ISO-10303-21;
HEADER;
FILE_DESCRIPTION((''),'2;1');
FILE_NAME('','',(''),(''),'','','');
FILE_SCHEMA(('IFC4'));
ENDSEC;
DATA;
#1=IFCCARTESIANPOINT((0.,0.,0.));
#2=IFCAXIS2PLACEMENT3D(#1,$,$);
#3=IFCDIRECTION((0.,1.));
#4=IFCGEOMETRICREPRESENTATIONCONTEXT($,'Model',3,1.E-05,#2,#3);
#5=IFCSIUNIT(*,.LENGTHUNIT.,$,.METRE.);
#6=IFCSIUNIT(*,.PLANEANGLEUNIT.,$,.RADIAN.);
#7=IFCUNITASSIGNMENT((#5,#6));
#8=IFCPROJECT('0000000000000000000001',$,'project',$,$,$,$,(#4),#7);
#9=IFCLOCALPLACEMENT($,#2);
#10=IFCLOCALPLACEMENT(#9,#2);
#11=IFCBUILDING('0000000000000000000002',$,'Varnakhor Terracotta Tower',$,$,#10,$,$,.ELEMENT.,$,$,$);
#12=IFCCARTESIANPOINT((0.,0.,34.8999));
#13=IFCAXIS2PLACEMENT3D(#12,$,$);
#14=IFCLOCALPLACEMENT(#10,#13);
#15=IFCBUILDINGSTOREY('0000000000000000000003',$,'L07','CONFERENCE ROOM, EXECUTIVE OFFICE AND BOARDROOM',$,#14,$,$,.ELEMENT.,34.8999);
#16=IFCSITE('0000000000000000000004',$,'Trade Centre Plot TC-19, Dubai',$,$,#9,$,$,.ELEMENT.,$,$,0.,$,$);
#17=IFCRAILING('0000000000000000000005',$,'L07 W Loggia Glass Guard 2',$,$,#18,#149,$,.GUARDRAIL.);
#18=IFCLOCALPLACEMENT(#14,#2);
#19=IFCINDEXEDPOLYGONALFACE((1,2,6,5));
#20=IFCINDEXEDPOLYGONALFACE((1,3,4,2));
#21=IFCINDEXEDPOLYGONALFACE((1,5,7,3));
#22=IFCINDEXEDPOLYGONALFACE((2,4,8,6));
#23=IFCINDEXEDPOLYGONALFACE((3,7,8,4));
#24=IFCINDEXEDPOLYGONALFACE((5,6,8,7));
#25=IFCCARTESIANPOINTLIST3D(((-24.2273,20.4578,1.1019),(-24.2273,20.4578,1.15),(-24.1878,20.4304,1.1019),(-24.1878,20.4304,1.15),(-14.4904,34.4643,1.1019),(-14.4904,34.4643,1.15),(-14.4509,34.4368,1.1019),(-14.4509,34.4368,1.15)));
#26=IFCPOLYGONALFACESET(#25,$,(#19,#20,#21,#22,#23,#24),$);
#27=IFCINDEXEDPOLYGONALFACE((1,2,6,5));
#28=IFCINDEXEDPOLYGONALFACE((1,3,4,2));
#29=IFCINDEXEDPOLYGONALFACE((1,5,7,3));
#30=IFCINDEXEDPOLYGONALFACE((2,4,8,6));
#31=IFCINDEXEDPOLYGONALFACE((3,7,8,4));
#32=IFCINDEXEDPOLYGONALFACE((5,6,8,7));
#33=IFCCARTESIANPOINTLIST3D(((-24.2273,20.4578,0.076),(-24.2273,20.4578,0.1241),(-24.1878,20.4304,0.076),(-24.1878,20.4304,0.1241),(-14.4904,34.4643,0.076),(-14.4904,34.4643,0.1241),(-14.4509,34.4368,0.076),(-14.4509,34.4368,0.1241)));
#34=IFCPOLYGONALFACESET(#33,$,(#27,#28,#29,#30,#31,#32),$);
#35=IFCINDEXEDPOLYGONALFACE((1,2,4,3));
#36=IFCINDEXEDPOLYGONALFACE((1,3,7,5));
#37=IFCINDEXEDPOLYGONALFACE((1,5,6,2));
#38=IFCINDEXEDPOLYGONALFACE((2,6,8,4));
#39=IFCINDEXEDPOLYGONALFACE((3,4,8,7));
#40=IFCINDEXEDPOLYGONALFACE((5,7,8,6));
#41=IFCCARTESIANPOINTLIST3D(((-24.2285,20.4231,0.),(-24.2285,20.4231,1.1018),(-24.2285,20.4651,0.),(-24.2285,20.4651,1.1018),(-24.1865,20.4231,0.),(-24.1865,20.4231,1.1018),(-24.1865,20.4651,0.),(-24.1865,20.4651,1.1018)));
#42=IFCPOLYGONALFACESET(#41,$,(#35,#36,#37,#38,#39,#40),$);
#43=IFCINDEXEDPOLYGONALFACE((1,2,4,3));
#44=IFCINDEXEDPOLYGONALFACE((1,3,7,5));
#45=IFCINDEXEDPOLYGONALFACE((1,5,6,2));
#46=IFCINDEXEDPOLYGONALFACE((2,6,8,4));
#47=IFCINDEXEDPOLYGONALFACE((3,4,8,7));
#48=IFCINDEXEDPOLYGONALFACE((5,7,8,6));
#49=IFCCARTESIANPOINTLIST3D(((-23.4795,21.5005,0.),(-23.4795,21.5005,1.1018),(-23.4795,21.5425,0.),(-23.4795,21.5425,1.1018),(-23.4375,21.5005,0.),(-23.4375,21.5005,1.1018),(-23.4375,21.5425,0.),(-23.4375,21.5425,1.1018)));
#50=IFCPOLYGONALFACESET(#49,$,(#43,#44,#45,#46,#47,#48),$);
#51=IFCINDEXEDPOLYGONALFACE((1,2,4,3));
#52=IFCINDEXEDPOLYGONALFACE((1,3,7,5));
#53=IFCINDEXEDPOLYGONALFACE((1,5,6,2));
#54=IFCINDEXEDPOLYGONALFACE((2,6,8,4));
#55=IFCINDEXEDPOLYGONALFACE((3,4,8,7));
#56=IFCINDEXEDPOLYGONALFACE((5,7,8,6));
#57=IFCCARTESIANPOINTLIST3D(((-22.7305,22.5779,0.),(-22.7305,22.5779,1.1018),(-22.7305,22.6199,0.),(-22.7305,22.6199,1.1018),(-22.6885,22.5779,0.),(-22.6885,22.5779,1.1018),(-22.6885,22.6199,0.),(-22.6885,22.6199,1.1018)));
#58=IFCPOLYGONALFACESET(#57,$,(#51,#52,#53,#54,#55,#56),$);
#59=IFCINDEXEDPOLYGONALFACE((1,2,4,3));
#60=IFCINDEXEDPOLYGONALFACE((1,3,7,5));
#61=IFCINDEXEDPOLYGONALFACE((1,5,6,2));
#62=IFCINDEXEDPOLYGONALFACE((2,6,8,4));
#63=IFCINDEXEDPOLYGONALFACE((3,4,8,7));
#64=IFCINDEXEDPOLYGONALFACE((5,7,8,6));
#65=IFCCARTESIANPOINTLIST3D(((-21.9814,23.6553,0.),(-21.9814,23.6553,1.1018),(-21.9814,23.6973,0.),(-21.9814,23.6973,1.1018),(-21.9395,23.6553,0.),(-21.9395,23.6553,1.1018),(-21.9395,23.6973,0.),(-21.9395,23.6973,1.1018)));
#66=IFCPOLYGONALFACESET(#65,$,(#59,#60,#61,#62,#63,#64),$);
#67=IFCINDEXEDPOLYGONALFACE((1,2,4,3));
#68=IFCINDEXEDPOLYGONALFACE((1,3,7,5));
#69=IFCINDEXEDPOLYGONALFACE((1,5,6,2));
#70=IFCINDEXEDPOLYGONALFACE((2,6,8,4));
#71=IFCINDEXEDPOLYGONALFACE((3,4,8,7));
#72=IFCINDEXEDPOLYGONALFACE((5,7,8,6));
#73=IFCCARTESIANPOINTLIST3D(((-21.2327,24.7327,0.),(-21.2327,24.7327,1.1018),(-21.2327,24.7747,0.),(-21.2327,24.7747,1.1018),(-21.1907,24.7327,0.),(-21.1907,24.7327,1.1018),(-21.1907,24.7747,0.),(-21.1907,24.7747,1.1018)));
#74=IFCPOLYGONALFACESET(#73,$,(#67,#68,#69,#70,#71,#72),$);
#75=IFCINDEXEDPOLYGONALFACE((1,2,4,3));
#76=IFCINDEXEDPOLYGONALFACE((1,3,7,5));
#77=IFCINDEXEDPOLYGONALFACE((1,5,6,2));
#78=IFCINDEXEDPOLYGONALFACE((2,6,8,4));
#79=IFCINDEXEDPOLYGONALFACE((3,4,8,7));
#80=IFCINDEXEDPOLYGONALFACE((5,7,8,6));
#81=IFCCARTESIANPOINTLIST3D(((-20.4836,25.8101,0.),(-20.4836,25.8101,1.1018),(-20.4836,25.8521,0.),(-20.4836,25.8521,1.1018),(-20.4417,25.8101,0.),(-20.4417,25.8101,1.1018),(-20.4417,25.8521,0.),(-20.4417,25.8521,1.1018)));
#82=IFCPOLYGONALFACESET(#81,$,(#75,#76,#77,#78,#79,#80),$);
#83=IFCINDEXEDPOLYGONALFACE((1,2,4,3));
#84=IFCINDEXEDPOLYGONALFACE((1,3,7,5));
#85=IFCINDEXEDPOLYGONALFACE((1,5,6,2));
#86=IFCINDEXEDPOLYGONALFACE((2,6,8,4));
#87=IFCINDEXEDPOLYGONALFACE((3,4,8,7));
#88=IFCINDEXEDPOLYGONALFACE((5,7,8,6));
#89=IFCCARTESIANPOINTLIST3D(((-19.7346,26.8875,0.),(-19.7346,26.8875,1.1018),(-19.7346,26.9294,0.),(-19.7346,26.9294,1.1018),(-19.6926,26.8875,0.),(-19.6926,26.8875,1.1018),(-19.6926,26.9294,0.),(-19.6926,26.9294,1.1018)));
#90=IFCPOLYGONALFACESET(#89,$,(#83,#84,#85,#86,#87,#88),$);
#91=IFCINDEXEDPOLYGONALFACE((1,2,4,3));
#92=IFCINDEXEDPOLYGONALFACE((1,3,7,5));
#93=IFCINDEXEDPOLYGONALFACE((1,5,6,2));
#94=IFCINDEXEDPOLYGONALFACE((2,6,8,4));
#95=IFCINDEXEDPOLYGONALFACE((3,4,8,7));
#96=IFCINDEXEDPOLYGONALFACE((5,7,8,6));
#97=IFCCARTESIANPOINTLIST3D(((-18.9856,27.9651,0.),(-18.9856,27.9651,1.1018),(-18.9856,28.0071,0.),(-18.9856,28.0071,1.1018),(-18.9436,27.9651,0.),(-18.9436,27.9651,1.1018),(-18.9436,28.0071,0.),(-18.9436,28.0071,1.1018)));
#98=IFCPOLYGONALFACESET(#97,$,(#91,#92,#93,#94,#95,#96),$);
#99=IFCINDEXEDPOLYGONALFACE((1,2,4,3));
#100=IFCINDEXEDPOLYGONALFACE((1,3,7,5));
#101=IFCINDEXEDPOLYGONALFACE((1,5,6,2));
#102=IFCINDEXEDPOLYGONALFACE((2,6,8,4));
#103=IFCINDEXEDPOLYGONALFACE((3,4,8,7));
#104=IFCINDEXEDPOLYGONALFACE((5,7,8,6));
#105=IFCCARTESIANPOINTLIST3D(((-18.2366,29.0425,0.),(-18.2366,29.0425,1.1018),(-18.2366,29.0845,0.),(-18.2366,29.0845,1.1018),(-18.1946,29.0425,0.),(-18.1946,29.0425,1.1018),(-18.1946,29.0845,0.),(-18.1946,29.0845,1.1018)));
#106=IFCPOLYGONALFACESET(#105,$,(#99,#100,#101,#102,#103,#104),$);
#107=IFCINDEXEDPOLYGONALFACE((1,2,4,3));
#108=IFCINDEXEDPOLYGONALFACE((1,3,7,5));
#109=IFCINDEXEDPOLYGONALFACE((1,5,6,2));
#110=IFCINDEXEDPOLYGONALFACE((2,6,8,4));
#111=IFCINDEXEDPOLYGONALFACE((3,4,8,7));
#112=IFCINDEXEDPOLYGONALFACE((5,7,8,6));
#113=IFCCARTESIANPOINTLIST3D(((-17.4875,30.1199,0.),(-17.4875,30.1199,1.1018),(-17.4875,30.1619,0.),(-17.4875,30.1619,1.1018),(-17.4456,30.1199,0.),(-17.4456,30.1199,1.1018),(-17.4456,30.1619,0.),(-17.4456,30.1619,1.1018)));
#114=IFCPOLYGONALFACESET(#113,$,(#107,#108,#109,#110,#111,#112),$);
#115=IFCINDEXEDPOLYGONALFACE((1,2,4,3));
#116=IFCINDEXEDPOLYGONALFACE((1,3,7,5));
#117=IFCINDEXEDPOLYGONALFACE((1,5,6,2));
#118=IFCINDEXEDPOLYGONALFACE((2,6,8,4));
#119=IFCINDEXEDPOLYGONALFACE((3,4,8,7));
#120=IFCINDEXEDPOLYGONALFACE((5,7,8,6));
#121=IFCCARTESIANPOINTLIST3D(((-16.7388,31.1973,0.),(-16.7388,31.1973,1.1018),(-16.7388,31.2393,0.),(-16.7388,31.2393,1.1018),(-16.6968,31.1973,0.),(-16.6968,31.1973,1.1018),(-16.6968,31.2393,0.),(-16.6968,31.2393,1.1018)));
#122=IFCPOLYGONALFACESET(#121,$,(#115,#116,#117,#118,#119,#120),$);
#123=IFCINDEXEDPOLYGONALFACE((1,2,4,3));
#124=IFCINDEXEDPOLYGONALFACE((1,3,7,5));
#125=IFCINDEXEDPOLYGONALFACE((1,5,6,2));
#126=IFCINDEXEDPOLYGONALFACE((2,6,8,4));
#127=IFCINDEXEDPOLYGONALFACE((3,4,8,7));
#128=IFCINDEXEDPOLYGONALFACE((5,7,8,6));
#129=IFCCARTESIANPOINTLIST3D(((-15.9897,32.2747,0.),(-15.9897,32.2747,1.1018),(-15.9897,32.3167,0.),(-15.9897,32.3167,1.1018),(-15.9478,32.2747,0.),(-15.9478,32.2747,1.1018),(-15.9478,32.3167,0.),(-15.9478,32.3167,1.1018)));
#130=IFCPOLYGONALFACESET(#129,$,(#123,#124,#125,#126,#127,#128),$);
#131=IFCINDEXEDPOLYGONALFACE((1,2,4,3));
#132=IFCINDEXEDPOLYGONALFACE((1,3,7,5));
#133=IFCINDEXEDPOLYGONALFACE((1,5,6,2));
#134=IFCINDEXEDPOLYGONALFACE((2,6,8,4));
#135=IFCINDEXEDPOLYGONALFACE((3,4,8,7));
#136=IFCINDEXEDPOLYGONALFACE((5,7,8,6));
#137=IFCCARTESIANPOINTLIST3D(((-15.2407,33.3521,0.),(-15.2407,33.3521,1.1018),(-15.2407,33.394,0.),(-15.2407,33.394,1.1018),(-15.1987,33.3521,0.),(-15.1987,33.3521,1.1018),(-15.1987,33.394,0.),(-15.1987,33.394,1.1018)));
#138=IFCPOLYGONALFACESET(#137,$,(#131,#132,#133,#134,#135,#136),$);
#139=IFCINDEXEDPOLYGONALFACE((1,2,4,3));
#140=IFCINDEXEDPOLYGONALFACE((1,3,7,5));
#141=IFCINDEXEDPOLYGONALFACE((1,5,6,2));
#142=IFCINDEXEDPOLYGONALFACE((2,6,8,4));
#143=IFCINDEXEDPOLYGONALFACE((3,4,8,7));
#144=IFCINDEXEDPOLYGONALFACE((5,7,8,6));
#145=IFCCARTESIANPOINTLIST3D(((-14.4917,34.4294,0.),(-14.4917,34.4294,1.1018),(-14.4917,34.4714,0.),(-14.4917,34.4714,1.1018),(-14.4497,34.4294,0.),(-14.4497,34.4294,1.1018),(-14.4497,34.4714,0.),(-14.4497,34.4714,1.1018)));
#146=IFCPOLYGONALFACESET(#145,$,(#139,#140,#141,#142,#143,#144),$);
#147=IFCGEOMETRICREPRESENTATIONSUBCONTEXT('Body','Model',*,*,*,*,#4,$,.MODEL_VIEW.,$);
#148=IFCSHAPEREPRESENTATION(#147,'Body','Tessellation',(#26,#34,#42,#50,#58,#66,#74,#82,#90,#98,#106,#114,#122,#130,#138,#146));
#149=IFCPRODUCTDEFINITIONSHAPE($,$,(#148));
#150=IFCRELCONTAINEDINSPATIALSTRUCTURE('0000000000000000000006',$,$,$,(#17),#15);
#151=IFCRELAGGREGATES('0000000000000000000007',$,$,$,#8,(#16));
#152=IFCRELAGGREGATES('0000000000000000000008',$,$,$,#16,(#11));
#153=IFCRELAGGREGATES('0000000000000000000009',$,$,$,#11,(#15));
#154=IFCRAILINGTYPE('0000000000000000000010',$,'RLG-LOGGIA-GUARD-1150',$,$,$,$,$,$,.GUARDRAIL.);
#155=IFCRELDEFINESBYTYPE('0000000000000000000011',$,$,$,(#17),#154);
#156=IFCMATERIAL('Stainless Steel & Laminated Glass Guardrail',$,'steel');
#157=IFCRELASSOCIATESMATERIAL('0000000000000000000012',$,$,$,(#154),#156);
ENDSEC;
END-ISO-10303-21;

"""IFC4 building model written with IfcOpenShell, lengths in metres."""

from ifc_helpers import new_model, si_unit, direction, frame, origin, origin_2d, place, context, subcontext, project, spatial, rectangle, extrude, material, type_object, element, save


model = new_model("IFC4")

# Units and contexts
model_context = context("Model", 3, precision=1e-05, world=origin(), true_north=direction((0.0, 1.0)))
body_context = subcontext(model_context, "Body", "Model", "MODEL_VIEW")
ifc_project = project(units=[si_unit("LENGTHUNIT", "METRE"), si_unit("PLANEANGLEUNIT", "RADIAN")], contexts=[model_context])

# Site, building, storey
site_placement = place(None, origin())
site = spatial("IfcSite", under=ifc_project, at=site_placement, Name="Trade Centre Plot TC-19, Dubai", CompositionType="ELEMENT", RefElevation=0.0)
building_placement = place(site_placement, origin())
building = spatial("IfcBuilding", under=site, at=building_placement, Name="Varnakhor Terracotta Tower", CompositionType="ELEMENT")
storey_placement = place(building_placement, frame((0.0, 0.0, 34.8999)))
storey = spatial("IfcBuildingStorey", under=building, at=storey_placement, Name="L07", Description="CONFERENCE ROOM, EXECUTIVE OFFICE AND BOARDROOM", CompositionType="ELEMENT", Elevation=34.8999)

# Railing
ifc_material_1 = material(Name="Stainless Steel & Laminated Glass Guardrail", Category="steel")
railing_type = type_object("IfcRailingType", Name="RLG-LOGGIA-GUARD-1150", PredefinedType="GUARDRAIL", material=ifc_material_1)
railing_1_placement = place(storey_placement, frame((-24.2075, 20.4441, 0.0)))
element("IfcRailing", 1, at=railing_1_placement, inside=storey, type_object=railing_type, Name="L07 W Loggia Glass Guard 2", PredefinedType="GUARDRAIL", context=body_context, shape_type="SweptSolid", body=[
    extrude(rectangle(XDim=0.0481, YDim=0.0481, at=origin_2d()), frame((0.0, 0.0, 1.126), z_axis=(0.570799, 0.82109, 0.0), x_axis=(-0.82109, 0.570799, 0.0)), (0.0, 0.0, 1.0), 17.0583),
    extrude(rectangle(XDim=0.0481, YDim=0.0481, at=origin_2d()), frame((0.0, 0.0, 0.1001), z_axis=(0.570799, 0.82109, 0.0), x_axis=(-0.82109, 0.570799, 0.0)), (0.0, 0.0, 1.0), 17.0583),
    extrude(rectangle(XDim=0.042, YDim=0.042, at=origin_2d()), origin(), (0.0, 0.0, 1.0), 1.1018),
    extrude(rectangle(XDim=0.042, YDim=0.042, at=origin_2d()), frame((0.749, 1.0774, 0.0)), (0.0, 0.0, 1.0), 1.1018),
    extrude(rectangle(XDim=0.042, YDim=0.042, at=origin_2d()), frame((1.498, 2.1548, 0.0)), (0.0, 0.0, 1.0), 1.1018),
    extrude(rectangle(XDim=0.042, YDim=0.042, at=origin_2d()), frame((2.2471, 3.2322, 0.0)), (0.0, 0.0, 1.0), 1.1018),
    extrude(rectangle(XDim=0.042, YDim=0.042, at=origin_2d()), frame((2.9958, 4.3096, 0.0)), (0.0, 0.0, 1.0), 1.1018),
    extrude(rectangle(XDim=0.042, YDim=0.042, at=origin_2d()), frame((3.7449, 5.387, 0.0)), (0.0, 0.0, 1.0), 1.1018),
    extrude(rectangle(XDim=0.042, YDim=0.042, at=origin_2d()), frame((4.4939, 6.4644, 0.0)), (0.0, 0.0, 1.0), 1.1018),
    extrude(rectangle(XDim=0.042, YDim=0.042, at=origin_2d()), frame((5.2429, 7.542, 0.0)), (0.0, 0.0, 1.0), 1.1018),
    extrude(rectangle(XDim=0.042, YDim=0.042, at=origin_2d()), frame((5.9919, 8.6194, 0.0)), (0.0, 0.0, 1.0), 1.1018),
    extrude(rectangle(XDim=0.042, YDim=0.042, at=origin_2d()), frame((6.741, 9.6968, 0.0)), (0.0, 0.0, 1.0), 1.1018),
    extrude(rectangle(XDim=0.042, YDim=0.042, at=origin_2d()), frame((7.4897, 10.7742, 0.0)), (0.0, 0.0, 1.0), 1.1018),
    extrude(rectangle(XDim=0.042, YDim=0.042, at=origin_2d()), frame((8.2388, 11.8516, 0.0)), (0.0, 0.0, 1.0), 1.1018),
    extrude(rectangle(XDim=0.042, YDim=0.042, at=origin_2d()), frame((8.9878, 12.929, 0.0)), (0.0, 0.0, 1.0), 1.1018),
    extrude(rectangle(XDim=0.042, YDim=0.042, at=origin_2d()), frame((9.7368, 14.0063, 0.0)), (0.0, 0.0, 1.0), 1.1018),
])

save(model, "model.ifc")
